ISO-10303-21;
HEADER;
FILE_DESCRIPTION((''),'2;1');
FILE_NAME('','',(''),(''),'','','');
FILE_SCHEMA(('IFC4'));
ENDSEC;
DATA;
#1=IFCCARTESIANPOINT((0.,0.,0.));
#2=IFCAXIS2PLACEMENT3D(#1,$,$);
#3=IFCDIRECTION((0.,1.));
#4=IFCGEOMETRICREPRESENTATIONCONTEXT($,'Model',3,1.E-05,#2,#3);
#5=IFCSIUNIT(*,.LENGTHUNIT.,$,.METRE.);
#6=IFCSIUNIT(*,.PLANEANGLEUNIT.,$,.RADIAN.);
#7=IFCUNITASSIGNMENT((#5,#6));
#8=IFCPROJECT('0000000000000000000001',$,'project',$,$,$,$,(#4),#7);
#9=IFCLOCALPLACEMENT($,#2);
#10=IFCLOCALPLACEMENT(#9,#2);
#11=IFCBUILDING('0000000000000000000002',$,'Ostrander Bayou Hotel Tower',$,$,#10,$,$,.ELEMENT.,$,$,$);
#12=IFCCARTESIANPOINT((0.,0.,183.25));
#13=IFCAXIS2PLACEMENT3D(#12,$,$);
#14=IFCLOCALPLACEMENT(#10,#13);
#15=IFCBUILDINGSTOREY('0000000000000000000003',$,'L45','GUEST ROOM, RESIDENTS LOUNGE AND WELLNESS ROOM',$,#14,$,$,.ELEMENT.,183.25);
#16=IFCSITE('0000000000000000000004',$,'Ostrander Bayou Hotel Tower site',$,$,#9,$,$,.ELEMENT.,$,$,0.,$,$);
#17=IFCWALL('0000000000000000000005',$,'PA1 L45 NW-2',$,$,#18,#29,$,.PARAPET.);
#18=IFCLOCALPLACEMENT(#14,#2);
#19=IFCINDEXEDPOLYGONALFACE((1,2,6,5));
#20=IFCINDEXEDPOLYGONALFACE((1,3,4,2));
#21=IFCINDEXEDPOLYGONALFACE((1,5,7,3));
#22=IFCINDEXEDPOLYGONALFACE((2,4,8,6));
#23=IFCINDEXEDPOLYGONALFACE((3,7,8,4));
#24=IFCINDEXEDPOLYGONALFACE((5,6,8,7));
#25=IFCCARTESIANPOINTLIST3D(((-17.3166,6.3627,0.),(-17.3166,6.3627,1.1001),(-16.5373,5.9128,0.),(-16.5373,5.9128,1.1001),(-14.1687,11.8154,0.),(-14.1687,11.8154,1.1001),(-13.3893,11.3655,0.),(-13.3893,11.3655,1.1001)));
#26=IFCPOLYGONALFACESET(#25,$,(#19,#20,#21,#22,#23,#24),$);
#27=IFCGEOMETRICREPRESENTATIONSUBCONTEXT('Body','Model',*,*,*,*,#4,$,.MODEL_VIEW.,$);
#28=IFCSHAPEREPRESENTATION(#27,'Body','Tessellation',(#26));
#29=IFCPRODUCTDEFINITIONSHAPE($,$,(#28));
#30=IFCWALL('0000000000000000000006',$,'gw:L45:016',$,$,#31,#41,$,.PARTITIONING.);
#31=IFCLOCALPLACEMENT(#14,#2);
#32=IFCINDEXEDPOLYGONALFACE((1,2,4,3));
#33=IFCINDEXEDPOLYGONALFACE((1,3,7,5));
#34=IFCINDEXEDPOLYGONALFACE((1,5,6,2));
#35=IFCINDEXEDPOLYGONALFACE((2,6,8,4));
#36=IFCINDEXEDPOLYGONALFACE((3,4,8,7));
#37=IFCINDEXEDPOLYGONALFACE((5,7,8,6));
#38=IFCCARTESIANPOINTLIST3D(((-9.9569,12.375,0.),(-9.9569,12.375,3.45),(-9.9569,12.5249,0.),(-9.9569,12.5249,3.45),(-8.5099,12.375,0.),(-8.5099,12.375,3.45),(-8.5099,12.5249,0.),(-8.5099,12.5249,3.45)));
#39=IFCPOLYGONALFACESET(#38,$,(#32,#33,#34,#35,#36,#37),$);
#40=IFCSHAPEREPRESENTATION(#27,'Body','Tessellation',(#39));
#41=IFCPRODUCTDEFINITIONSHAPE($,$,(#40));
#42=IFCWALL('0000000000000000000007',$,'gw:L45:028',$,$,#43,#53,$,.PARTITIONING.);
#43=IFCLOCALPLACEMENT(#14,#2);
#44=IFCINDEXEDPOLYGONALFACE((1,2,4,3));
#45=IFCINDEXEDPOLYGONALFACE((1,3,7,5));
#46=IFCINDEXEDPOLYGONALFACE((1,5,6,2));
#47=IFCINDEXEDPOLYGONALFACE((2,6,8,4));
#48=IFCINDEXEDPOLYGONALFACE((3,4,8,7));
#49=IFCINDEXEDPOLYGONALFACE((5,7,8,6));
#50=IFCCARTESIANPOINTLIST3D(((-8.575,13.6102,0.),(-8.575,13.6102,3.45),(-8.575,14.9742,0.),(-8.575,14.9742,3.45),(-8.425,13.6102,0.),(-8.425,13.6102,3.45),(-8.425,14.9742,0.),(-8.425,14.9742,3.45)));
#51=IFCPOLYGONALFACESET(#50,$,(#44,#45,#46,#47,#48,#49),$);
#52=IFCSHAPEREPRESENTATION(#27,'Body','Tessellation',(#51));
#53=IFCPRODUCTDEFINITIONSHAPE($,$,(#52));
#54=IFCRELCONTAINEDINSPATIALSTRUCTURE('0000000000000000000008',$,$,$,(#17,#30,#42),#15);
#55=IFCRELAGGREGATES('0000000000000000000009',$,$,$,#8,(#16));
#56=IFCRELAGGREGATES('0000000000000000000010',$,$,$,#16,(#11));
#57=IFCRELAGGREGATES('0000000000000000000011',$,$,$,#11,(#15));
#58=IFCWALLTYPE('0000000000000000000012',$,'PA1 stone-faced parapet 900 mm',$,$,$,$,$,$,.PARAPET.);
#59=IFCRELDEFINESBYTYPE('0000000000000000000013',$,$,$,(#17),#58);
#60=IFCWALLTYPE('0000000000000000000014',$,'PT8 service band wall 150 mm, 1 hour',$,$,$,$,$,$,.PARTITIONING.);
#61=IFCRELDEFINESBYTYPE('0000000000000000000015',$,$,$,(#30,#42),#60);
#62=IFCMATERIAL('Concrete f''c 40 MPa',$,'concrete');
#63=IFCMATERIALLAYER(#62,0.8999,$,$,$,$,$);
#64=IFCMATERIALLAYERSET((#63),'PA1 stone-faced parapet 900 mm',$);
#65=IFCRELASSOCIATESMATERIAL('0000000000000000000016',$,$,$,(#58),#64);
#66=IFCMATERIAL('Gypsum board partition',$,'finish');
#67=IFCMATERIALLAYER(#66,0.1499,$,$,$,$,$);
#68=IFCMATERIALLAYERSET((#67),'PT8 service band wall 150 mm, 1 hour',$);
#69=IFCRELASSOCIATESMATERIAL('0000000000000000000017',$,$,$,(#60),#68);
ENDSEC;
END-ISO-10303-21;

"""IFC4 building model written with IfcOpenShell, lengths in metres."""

from ifc_helpers import new_model, si_unit, direction, frame, frame_2d, origin, place, context, subcontext, project, spatial, rectangle, extrude, material, layer, layer_set, type_object, element, save


model = new_model("IFC4")

# Units and contexts
model_context = context("Model", 3, precision=1e-05, world=origin(), true_north=direction((0.0, 1.0)))
body_context = subcontext(model_context, "Body", "Model", "MODEL_VIEW")
ifc_project = project(units=[si_unit("LENGTHUNIT", "METRE"), si_unit("PLANEANGLEUNIT", "RADIAN")], contexts=[model_context])

# Site, building, storey
site_placement = place(None, origin())
site = spatial("IfcSite", under=ifc_project, at=site_placement, Name="Ostrander Bayou Hotel Tower site", CompositionType="ELEMENT", RefElevation=0.0)
building_placement = place(site_placement, origin())
building = spatial("IfcBuilding", under=site, at=building_placement, Name="Ostrander Bayou Hotel Tower", CompositionType="ELEMENT")
storey_placement = place(building_placement, frame((0.0, 0.0, 183.25)))
storey = spatial("IfcBuildingStorey", under=building, at=storey_placement, Name="L45", Description="GUEST ROOM, RESIDENTS LOUNGE AND WELLNESS ROOM", CompositionType="ELEMENT", Elevation=183.25)

# Wall
ifc_material_1 = material(Name="Concrete f'c 40 MPa", Category="concrete")
ifc_layer_1 = layer(ifc_material_1, 0.8999)
ifc_layer_set_1 = layer_set([ifc_layer_1], Name="PA1 stone-faced parapet 900 mm")
wall_type_1 = type_object("IfcWallType", Name="PA1 stone-faced parapet 900 mm", PredefinedType="PARAPET", material=ifc_layer_set_1)
wall_1_placement = place(storey_placement, frame((-13.7791, 11.5903, 0.0), z_axis=(0.0, 0.0, 1.0), x_axis=(-0.499984, -0.866034, 0.0)))
element("IfcWall", 1, at=wall_1_placement, inside=storey, type_object=wall_type_1, Name="PA1 L45 NW-2", PredefinedType="PARAPET", context=body_context, shape_type="SweptSolid", body=[
    extrude(rectangle(XDim=6.2961, YDim=0.8999, at=frame_2d((3.1479, 0.0))), origin(), (0.0, 0.0, 1.0), 1.1001),
])

# Walls
ifc_material_2 = material(Name="Gypsum board partition", Category="finish")
ifc_layer_2 = layer(ifc_material_2, 0.1499)
ifc_layer_set_2 = layer_set([ifc_layer_2], Name="PT8 service band wall 150 mm, 1 hour")
wall_type_2 = type_object("IfcWallType", Name="PT8 service band wall 150 mm, 1 hour", PredefinedType="PARTITIONING", material=ifc_layer_set_2)
wall_2_placement = place(storey_placement, frame((-9.957, 12.45, 0.0), z_axis=(0.0, 0.0, 1.0), x_axis=(1.0, 0.0, 0.0)))
element("IfcWall", 2, at=wall_2_placement, inside=storey, type_object=wall_type_2, Name="gw:L45:016", PredefinedType="PARTITIONING", context=body_context, shape_type="SweptSolid", body=[
    extrude(rectangle(XDim=1.447, YDim=0.1499, at=frame_2d((0.7236, 0.0))), origin(), (0.0, 0.0, 1.0), 3.45),
])
wall_3_placement = place(storey_placement, frame((-8.5, 13.6101, 0.0), z_axis=(0.0, 0.0, 1.0), x_axis=(0.0, 1.0, 0.0)))
element("IfcWall", 3, at=wall_3_placement, inside=storey, type_object=wall_type_2, Name="gw:L45:028", PredefinedType="PARTITIONING", context=body_context, shape_type="SweptSolid", body=[
    extrude(rectangle(XDim=1.364, YDim=0.1499, at=frame_2d((0.6821, 0.0))), origin(), (0.0, 0.0, 1.0), 3.45),
])

save(model, "model.ifc")
